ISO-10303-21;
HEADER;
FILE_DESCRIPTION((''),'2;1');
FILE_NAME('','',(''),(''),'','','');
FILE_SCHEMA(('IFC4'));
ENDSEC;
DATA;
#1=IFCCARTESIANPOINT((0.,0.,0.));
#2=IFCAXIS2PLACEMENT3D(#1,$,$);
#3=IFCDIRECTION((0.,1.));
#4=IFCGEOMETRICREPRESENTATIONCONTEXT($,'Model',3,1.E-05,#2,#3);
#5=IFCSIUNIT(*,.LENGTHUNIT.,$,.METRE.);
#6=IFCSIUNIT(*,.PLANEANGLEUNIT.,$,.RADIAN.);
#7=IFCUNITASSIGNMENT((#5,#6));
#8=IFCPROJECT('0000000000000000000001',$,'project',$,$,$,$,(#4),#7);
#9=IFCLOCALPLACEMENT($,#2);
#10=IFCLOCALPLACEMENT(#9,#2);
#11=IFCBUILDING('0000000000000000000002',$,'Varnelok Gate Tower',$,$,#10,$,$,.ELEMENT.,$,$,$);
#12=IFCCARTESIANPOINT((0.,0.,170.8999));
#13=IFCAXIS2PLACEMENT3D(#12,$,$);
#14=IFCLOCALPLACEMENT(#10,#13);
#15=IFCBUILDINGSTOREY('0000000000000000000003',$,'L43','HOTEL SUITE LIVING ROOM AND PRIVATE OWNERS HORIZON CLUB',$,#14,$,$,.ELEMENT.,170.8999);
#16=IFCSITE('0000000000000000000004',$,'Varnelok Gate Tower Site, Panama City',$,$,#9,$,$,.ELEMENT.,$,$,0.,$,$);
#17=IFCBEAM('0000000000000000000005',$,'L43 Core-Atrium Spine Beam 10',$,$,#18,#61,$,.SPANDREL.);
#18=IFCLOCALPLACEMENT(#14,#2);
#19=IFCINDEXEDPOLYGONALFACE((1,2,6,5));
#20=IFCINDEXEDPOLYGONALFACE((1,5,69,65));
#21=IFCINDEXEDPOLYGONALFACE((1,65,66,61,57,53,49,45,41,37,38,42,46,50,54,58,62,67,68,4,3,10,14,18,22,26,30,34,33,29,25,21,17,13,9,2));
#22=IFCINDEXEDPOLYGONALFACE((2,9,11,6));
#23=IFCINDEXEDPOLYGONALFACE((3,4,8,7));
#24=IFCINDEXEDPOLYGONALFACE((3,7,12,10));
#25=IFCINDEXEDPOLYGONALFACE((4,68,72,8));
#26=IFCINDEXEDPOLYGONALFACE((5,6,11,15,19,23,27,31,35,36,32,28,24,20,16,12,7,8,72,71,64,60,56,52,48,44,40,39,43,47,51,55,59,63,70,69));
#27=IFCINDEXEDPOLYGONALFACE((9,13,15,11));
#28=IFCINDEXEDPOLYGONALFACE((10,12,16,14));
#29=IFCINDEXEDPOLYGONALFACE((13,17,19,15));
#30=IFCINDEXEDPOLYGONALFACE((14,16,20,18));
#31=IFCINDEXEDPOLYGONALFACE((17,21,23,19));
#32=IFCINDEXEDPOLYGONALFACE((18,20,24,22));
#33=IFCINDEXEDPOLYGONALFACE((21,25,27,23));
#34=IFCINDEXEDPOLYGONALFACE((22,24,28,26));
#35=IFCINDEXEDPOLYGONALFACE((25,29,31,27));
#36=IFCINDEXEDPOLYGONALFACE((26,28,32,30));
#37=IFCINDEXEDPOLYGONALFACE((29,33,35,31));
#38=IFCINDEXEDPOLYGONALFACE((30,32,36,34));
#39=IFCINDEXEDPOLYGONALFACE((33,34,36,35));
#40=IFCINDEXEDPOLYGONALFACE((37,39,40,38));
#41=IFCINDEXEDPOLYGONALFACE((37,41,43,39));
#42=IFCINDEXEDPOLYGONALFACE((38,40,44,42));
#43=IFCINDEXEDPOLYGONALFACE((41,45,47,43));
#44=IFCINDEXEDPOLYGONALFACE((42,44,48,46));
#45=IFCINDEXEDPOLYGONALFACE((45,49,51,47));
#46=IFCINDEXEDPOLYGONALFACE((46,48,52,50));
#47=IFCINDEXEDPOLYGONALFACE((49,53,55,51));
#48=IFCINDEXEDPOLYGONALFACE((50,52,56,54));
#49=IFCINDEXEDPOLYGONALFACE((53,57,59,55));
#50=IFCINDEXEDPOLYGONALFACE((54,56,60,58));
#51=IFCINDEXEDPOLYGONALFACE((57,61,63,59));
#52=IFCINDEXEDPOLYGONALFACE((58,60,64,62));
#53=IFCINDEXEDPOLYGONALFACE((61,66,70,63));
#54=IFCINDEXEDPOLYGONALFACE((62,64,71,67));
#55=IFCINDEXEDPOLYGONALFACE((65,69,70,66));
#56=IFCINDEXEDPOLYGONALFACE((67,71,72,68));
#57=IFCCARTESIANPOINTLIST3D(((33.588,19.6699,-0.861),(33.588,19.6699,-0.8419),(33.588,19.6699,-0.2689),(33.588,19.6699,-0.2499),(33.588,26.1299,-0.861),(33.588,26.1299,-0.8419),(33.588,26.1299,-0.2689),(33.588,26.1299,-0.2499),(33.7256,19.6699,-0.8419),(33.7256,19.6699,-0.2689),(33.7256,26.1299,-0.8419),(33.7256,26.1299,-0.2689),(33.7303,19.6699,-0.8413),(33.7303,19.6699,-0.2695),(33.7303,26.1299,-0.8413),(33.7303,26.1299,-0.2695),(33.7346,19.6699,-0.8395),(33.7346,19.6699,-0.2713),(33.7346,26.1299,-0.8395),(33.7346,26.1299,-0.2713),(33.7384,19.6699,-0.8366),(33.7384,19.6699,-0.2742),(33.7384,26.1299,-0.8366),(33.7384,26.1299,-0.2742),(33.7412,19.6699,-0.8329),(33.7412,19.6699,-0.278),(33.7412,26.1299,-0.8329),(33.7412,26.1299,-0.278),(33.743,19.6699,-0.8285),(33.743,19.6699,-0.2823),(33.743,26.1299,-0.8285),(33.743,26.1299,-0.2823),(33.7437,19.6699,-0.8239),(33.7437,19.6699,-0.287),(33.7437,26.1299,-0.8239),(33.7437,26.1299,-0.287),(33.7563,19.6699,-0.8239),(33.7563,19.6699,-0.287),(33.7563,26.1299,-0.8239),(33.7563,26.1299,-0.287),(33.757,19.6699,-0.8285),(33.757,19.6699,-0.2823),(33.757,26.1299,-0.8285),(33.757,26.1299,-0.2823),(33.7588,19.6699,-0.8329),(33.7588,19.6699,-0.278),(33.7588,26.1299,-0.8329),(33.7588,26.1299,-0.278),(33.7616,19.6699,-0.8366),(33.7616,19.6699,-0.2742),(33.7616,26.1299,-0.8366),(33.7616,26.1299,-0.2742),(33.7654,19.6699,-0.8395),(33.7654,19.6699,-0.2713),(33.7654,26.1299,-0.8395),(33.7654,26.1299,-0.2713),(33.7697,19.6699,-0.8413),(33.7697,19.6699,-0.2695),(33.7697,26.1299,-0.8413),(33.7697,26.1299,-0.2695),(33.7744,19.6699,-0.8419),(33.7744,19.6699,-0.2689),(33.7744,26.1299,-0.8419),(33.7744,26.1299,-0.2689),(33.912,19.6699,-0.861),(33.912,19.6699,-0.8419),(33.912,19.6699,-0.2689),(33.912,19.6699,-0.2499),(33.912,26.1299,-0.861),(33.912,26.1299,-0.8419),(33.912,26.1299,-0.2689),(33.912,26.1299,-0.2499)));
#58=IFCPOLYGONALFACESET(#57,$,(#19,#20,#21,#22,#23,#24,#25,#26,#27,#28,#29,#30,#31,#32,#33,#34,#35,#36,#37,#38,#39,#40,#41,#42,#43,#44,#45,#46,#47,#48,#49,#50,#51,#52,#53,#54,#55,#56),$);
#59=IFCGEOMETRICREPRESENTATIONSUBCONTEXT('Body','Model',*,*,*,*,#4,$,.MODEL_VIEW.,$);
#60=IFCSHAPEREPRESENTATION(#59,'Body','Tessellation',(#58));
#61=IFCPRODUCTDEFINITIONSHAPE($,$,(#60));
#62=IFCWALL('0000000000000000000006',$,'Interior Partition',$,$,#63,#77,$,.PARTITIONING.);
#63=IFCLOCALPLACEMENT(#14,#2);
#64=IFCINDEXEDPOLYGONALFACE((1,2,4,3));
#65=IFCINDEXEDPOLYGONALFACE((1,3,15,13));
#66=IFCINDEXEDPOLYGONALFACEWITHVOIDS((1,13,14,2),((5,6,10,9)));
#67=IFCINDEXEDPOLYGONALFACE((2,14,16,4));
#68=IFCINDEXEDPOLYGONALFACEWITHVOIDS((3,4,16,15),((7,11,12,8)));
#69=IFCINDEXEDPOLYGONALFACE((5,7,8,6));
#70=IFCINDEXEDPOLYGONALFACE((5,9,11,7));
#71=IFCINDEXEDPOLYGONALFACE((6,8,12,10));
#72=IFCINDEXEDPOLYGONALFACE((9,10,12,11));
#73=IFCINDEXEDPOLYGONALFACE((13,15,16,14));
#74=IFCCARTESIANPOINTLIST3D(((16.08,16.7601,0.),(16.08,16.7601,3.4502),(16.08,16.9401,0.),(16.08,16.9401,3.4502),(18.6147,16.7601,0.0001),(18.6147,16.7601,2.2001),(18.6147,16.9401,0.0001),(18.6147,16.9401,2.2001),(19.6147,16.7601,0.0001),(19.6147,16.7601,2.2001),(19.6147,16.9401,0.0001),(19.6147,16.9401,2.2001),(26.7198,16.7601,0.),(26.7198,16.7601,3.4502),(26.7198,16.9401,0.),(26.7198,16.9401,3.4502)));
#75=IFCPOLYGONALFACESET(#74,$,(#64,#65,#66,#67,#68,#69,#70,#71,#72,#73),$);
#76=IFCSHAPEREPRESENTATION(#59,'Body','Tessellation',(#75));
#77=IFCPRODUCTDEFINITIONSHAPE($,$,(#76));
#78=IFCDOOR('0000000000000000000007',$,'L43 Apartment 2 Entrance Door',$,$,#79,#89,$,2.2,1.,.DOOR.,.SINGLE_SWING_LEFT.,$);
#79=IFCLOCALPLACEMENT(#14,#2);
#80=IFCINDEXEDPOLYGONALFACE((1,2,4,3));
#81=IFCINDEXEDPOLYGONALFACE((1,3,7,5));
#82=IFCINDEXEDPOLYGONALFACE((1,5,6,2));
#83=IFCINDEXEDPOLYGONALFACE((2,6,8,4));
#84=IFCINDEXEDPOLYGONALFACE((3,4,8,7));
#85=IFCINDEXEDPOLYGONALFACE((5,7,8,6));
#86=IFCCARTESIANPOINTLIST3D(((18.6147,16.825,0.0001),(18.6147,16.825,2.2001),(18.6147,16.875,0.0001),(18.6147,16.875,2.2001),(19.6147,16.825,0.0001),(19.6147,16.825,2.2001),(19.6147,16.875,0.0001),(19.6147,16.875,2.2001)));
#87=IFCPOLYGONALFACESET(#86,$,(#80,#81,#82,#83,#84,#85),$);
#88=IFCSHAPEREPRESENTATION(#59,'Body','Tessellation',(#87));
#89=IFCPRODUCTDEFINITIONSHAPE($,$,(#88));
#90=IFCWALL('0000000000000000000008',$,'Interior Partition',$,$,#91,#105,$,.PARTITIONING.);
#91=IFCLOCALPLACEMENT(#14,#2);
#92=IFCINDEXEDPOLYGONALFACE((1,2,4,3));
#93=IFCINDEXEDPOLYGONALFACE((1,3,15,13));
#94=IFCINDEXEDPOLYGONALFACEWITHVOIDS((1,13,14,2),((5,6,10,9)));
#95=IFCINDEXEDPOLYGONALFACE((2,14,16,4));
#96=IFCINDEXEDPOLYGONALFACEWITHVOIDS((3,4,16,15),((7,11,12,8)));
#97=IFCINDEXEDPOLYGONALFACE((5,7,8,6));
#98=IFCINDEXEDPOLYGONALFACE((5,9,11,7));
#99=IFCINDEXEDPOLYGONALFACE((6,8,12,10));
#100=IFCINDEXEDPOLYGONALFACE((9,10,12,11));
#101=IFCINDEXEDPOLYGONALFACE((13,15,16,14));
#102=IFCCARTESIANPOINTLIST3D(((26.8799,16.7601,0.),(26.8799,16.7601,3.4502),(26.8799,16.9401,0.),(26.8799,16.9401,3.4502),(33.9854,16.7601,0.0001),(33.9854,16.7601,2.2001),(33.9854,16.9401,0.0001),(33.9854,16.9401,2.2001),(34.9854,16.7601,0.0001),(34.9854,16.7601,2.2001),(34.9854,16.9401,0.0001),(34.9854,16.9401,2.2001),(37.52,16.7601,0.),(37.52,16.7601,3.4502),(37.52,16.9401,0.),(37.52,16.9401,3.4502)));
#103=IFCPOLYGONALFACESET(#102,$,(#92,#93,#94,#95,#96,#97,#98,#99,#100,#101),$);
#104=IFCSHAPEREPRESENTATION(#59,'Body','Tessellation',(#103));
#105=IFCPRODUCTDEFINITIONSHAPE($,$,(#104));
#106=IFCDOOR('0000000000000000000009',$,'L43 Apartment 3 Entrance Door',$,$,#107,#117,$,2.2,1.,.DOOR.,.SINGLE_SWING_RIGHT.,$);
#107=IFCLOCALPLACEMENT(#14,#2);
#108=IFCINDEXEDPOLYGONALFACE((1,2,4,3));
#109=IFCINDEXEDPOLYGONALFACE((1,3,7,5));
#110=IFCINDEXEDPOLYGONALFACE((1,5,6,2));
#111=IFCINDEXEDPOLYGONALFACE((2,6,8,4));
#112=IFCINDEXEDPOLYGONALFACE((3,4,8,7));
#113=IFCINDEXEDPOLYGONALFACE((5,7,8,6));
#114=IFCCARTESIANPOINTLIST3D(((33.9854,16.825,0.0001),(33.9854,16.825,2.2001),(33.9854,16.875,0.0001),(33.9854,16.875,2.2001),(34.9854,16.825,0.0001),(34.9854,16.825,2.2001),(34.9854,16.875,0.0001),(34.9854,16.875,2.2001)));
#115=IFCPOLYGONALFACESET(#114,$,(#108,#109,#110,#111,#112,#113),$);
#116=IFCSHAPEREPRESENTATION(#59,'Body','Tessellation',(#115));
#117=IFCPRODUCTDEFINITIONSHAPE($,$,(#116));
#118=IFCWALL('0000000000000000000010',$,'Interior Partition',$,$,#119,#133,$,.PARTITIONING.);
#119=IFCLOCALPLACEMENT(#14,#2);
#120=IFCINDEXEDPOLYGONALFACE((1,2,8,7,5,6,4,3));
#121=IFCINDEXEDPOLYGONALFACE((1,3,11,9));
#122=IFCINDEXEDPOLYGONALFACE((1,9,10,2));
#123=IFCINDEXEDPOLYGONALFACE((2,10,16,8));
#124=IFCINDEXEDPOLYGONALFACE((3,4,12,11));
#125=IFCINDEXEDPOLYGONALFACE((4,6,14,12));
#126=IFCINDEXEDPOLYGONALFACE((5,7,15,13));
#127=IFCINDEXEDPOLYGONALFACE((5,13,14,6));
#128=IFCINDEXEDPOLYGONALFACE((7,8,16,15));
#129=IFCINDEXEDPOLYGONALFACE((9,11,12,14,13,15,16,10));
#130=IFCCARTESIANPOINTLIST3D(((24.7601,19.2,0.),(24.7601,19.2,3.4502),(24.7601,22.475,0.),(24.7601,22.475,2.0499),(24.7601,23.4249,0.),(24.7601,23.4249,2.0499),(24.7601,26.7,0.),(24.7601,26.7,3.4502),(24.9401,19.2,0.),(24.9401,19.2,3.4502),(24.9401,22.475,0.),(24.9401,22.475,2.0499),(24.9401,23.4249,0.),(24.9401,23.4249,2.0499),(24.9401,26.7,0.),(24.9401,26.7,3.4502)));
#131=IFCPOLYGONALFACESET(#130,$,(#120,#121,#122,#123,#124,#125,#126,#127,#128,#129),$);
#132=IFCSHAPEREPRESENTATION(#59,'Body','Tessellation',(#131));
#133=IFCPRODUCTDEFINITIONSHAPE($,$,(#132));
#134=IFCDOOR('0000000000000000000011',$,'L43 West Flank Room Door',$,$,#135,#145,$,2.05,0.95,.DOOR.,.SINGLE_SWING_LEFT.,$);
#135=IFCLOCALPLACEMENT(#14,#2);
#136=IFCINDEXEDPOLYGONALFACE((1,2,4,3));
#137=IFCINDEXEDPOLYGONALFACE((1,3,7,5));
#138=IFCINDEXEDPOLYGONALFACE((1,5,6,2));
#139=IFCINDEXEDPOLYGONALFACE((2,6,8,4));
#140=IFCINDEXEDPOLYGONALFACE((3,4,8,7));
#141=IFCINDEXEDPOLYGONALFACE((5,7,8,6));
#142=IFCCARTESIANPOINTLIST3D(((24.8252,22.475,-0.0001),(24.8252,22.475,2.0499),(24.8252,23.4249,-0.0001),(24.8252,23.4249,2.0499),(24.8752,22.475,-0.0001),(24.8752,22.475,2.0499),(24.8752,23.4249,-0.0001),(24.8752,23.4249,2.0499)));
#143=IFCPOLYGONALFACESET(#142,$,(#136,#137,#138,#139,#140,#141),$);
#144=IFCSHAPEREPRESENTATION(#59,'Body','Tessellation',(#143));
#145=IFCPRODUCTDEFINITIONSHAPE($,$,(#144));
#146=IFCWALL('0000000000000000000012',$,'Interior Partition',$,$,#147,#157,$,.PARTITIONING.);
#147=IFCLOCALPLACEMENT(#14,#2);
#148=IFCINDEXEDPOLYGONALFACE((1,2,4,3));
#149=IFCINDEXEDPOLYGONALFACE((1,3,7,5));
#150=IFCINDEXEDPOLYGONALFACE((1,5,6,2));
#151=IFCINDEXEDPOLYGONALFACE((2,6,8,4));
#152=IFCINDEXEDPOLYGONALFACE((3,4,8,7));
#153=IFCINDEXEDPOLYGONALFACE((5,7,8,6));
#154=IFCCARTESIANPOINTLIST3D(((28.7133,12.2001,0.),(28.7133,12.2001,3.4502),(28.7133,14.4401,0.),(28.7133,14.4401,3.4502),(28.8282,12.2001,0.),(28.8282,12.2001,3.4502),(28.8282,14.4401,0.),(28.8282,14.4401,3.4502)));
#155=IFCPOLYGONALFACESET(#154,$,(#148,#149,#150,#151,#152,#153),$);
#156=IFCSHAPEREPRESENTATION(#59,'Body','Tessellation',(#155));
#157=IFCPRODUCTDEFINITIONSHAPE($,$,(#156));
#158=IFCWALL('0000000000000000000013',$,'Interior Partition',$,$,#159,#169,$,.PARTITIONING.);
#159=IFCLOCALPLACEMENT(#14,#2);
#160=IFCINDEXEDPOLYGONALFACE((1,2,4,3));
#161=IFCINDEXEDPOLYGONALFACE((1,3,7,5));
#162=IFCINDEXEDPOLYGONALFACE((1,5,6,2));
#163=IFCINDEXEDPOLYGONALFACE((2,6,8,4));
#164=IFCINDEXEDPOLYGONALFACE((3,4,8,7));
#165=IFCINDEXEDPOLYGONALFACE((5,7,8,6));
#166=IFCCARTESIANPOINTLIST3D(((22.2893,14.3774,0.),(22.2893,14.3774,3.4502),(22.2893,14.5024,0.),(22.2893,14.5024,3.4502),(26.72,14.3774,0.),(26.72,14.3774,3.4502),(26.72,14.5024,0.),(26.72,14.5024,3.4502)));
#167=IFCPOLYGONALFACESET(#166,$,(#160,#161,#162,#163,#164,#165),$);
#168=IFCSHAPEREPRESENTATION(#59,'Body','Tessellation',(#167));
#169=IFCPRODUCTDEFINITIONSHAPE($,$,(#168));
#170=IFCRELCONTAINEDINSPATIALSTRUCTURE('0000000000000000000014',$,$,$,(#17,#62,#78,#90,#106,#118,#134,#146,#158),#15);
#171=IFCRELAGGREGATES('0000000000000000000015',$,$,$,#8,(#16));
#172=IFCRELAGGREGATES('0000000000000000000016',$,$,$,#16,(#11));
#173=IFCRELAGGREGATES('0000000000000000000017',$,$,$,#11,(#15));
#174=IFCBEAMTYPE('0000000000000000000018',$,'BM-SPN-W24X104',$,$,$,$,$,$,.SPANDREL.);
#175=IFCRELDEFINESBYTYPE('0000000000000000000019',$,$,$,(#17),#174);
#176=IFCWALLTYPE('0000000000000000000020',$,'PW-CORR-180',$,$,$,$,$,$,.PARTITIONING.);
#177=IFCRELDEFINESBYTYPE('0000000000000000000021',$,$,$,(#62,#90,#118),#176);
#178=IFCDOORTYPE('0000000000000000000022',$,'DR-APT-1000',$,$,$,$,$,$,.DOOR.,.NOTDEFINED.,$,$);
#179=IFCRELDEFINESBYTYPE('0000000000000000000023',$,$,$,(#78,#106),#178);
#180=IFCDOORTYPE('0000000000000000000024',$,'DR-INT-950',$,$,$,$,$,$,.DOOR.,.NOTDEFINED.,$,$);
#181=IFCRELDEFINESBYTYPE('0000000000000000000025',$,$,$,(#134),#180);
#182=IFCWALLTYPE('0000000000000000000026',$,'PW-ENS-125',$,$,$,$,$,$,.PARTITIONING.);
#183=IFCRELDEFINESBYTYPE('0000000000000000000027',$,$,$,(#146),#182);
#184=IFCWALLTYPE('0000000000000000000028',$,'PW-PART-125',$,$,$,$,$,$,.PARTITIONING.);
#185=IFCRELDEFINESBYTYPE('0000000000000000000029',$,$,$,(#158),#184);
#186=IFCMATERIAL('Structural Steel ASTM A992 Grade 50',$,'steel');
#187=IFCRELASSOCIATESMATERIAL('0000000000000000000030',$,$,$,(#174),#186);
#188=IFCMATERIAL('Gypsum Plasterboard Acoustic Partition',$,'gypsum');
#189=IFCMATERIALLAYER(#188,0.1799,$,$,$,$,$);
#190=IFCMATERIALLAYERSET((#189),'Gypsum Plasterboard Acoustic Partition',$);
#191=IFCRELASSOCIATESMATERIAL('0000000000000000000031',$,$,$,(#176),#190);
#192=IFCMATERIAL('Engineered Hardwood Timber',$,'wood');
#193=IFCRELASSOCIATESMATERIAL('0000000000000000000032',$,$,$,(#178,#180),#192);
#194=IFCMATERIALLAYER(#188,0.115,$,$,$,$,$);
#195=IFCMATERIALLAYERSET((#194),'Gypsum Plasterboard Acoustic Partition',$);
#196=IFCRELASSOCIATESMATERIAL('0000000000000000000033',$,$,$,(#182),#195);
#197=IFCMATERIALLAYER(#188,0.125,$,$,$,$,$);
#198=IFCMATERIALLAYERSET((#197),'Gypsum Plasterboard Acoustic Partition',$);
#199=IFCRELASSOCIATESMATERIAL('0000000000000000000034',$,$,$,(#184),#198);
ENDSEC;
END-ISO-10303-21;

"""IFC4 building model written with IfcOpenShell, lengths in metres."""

from ifc_helpers import new_model, si_unit, direction, frame, frame_2d, origin, origin_2d, place, context, subcontext, project, spatial, rectangle, i_section, extrude, material, layer, layer_set, material_profile, profile_set, type_object, element, fill, save


model = new_model("IFC4")

# Units and contexts
model_context = context("Model", 3, precision=1e-05, world=origin(), true_north=direction((0.0, 1.0)))
body_context = subcontext(model_context, "Body", "Model", "MODEL_VIEW")
ifc_project = project(units=[si_unit("LENGTHUNIT", "METRE"), si_unit("PLANEANGLEUNIT", "RADIAN")], contexts=[model_context])

# Site, building, storey
site_placement = place(None, origin())
site = spatial("IfcSite", under=ifc_project, at=site_placement, Name="Varnelok Gate Tower Site, Panama City", CompositionType="ELEMENT", RefElevation=0.0)
building_placement = place(site_placement, origin())
building = spatial("IfcBuilding", under=site, at=building_placement, Name="Varnelok Gate Tower", CompositionType="ELEMENT")
storey_placement = place(building_placement, frame((0.0, 0.0, 170.8999)))
storey = spatial("IfcBuildingStorey", under=building, at=storey_placement, Name="L43", Description="HOTEL SUITE LIVING ROOM AND PRIVATE OWNERS HORIZON CLUB", CompositionType="ELEMENT", Elevation=170.8999)

# Shared definitions
ifc_material_1 = material(Name="Structural Steel ASTM A992 Grade 50", Category="steel")

# Beam
ifc_material_profile_1 = material_profile(ifc_material_1, i_section(OverallWidth=0.324, OverallDepth=0.6111, WebThickness=0.0127, FlangeThickness=0.019, FilletRadius=0.0181, at=origin_2d()), Name="W24X104")
ifc_profile_set_1 = profile_set([ifc_material_profile_1], Name="Structural Steel ASTM A992 Grade 50")
beam_type_1 = type_object("IfcBeamType", Name="BM-SPN-W24X104", PredefinedType="SPANDREL", material=ifc_profile_set_1)
beam_1_placement = place(storey_placement, frame((33.75, 19.6699, -0.5554), z_axis=(0.0, 1.0, 0.0), x_axis=(-1.0, 0.0, 0.0)))
element("IfcBeam", 1, at=beam_1_placement, inside=storey, type_object=beam_type_1, Name="L43 Core-Atrium Spine Beam 10", PredefinedType="SPANDREL", context=body_context, shape_type="SweptSolid", body=[
    extrude(i_section(OverallWidth=0.324, OverallDepth=0.6111, WebThickness=0.0127, FlangeThickness=0.019, FilletRadius=0.0181, at=origin_2d()), origin(), (0.0, 0.0, 1.0), 6.46),
])

# Walls, openings, doors
ifc_material_2 = material(Name="Gypsum Plasterboard Acoustic Partition", Category="gypsum")
ifc_layer_1 = layer(ifc_material_2, 0.1799)
ifc_layer_set_1 = layer_set([ifc_layer_1], Name="Gypsum Plasterboard Acoustic Partition")
wall_type_1 = type_object("IfcWallType", Name="PW-CORR-180", PredefinedType="PARTITIONING", material=ifc_layer_set_1)
wall_1_placement = place(storey_placement, frame((16.0801, 16.8501, 0.0), z_axis=(0.0, 0.0, 1.0), x_axis=(1.0, 0.0, 0.0)))
wall_1 = element("IfcWall", 2, at=wall_1_placement, inside=storey, type_object=wall_type_1, Name="Interior Partition", PredefinedType="PARTITIONING", context=body_context, shape_type="SweptSolid", body=[
    extrude(rectangle(XDim=10.6399, YDim=0.1799, at=frame_2d((5.3198, 0.0))), origin(), (0.0, 0.0, 1.0), 3.4502),
])
opening_1_placement = place(wall_1_placement, frame((2.5347, 0.0, 0.0)))
opening_1 = element("IfcOpeningElement", 3, at=opening_1_placement, cuts=wall_1, PredefinedType="OPENING", context=body_context, shape_type="SweptSolid", body=[
    extrude(rectangle(XDim=1.0, YDim=2.2, at=frame_2d((0.5, 1.1001))), frame((0.0, 0.0999, 0.0), z_axis=(0.0, -1.0, 0.0), x_axis=(1.0, 0.0, 0.0)), (0.0, 0.0, 1.0), 0.2),
])
ifc_material_3 = material(Name="Engineered Hardwood Timber", Category="wood")
door_type_1 = type_object("IfcDoorType", Name="DR-APT-1000", OperationType="NOTDEFINED", PredefinedType="DOOR", material=ifc_material_3)
door_1_placement = place(opening_1_placement, origin())
door_1 = element("IfcDoor", 4, at=door_1_placement, inside=storey, type_object=door_type_1, Name="L43 Apartment 2 Entrance Door", OperationType="SINGLE_SWING_LEFT", OverallHeight=2.2, OverallWidth=1.0, PredefinedType="DOOR", context=body_context, shape_type="SweptSolid", body=[
    extrude(rectangle(XDim=1.0, YDim=2.2, at=frame_2d((0.5, 1.1001))), frame((0.0, 0.0249, 0.0), z_axis=(0.0, -1.0, 0.0), x_axis=(1.0, 0.0, 0.0)), (0.0, 0.0, 1.0), 0.05),
])
fill(opening_1, door_1)
wall_2_placement = place(storey_placement, frame((26.8799, 16.8501, 0.0), z_axis=(0.0, 0.0, 1.0), x_axis=(1.0, 0.0, 0.0)))
wall_2 = element("IfcWall", 5, at=wall_2_placement, inside=storey, type_object=wall_type_1, Name="Interior Partition", PredefinedType="PARTITIONING", context=body_context, shape_type="SweptSolid", body=[
    extrude(rectangle(XDim=10.6401, YDim=0.1799, at=frame_2d((5.3201, 0.0))), origin(), (0.0, 0.0, 1.0), 3.4502),
])
opening_2_placement = place(wall_2_placement, frame((7.1055, 0.0, 0.0)))
opening_2 = element("IfcOpeningElement", 6, at=opening_2_placement, cuts=wall_2, PredefinedType="OPENING", context=body_context, shape_type="SweptSolid", body=[
    extrude(rectangle(XDim=1.0, YDim=2.2, at=frame_2d((0.5, 1.1001))), frame((0.0, 0.0999, 0.0), z_axis=(0.0, -1.0, 0.0), x_axis=(1.0, 0.0, 0.0)), (0.0, 0.0, 1.0), 0.2),
])
door_2_placement = place(opening_2_placement, origin())
door_2 = element("IfcDoor", 7, at=door_2_placement, inside=storey, type_object=door_type_1, Name="L43 Apartment 3 Entrance Door", OperationType="SINGLE_SWING_RIGHT", OverallHeight=2.2, OverallWidth=1.0, PredefinedType="DOOR", context=body_context, shape_type="SweptSolid", body=[
    extrude(rectangle(XDim=1.0, YDim=2.2, at=frame_2d((0.5, 1.1001))), frame((0.0, 0.0249, 0.0), z_axis=(0.0, -1.0, 0.0), x_axis=(1.0, 0.0, 0.0)), (0.0, 0.0, 1.0), 0.05),
])
fill(opening_2, door_2)
wall_3_placement = place(storey_placement, frame((24.8501, 19.2, 0.0), z_axis=(0.0, 0.0, 1.0), x_axis=(0.0, 1.0, 0.0)))
wall_3 = element("IfcWall", 8, at=wall_3_placement, inside=storey, type_object=wall_type_1, Name="Interior Partition", PredefinedType="PARTITIONING", context=body_context, shape_type="SweptSolid", body=[
    extrude(rectangle(XDim=7.5, YDim=0.1799, at=frame_2d((3.75, 0.0))), origin(), (0.0, 0.0, 1.0), 3.4502),
])
opening_3_placement = place(wall_3_placement, frame((3.2749, 0.0, 0.0)))
opening_3 = element("IfcOpeningElement", 9, at=opening_3_placement, cuts=wall_3, PredefinedType="OPENING", context=body_context, shape_type="SweptSolid", body=[
    extrude(rectangle(XDim=0.95, YDim=2.05, at=frame_2d((0.4751, 1.0249))), frame((0.0, 0.0999, 0.0), z_axis=(0.0, -1.0, 0.0), x_axis=(1.0, 0.0, 0.0)), (0.0, 0.0, 1.0), 0.2),
])
door_type_2 = type_object("IfcDoorType", Name="DR-INT-950", OperationType="NOTDEFINED", PredefinedType="DOOR", material=ifc_material_3)
door_3_placement = place(opening_3_placement, origin())
door_3 = element("IfcDoor", 10, at=door_3_placement, inside=storey, type_object=door_type_2, Name="L43 West Flank Room Door", OperationType="SINGLE_SWING_LEFT", OverallHeight=2.05, OverallWidth=0.95, PredefinedType="DOOR", context=body_context, shape_type="SweptSolid", body=[
    extrude(rectangle(XDim=0.95, YDim=2.05, at=frame_2d((0.4751, 1.0249))), frame((0.0, 0.0249, 0.0), z_axis=(0.0, -1.0, 0.0), x_axis=(1.0, 0.0, 0.0)), (0.0, 0.0, 1.0), 0.05),
])
fill(opening_3, door_3)

# Walls
ifc_layer_2 = layer(ifc_material_2, 0.115)
ifc_layer_set_2 = layer_set([ifc_layer_2], Name="Gypsum Plasterboard Acoustic Partition")
wall_type_2 = type_object("IfcWallType", Name="PW-ENS-125", PredefinedType="PARTITIONING", material=ifc_layer_set_2)
wall_4_placement = place(storey_placement, frame((28.7708, 12.2, 0.0), z_axis=(0.0, 0.0, 1.0), x_axis=(0.0, 1.0, 0.0)))
element("IfcWall", 11, at=wall_4_placement, inside=storey, type_object=wall_type_2, Name="Interior Partition", PredefinedType="PARTITIONING", context=body_context, shape_type="SweptSolid", body=[
    extrude(rectangle(XDim=2.24, YDim=0.115, at=frame_2d((1.1201, 0.0))), origin(), (0.0, 0.0, 1.0), 3.4502),
])
ifc_layer_3 = layer(ifc_material_2, 0.125)
ifc_layer_set_3 = layer_set([ifc_layer_3], Name="Gypsum Plasterboard Acoustic Partition")
wall_type_3 = type_object("IfcWallType", Name="PW-PART-125", PredefinedType="PARTITIONING", material=ifc_layer_set_3)
wall_5_placement = place(storey_placement, frame((22.2893, 14.4399, 0.0), z_axis=(0.0, 0.0, 1.0), x_axis=(1.0, 0.0, 0.0)))
element("IfcWall", 12, at=wall_5_placement, inside=storey, type_object=wall_type_3, Name="Interior Partition", PredefinedType="PARTITIONING", context=body_context, shape_type="SweptSolid", body=[
    extrude(rectangle(XDim=4.4307, YDim=0.125, at=frame_2d((2.2153, 0.0))), origin(), (0.0, 0.0, 1.0), 3.4502),
])

save(model, "model.ifc")
